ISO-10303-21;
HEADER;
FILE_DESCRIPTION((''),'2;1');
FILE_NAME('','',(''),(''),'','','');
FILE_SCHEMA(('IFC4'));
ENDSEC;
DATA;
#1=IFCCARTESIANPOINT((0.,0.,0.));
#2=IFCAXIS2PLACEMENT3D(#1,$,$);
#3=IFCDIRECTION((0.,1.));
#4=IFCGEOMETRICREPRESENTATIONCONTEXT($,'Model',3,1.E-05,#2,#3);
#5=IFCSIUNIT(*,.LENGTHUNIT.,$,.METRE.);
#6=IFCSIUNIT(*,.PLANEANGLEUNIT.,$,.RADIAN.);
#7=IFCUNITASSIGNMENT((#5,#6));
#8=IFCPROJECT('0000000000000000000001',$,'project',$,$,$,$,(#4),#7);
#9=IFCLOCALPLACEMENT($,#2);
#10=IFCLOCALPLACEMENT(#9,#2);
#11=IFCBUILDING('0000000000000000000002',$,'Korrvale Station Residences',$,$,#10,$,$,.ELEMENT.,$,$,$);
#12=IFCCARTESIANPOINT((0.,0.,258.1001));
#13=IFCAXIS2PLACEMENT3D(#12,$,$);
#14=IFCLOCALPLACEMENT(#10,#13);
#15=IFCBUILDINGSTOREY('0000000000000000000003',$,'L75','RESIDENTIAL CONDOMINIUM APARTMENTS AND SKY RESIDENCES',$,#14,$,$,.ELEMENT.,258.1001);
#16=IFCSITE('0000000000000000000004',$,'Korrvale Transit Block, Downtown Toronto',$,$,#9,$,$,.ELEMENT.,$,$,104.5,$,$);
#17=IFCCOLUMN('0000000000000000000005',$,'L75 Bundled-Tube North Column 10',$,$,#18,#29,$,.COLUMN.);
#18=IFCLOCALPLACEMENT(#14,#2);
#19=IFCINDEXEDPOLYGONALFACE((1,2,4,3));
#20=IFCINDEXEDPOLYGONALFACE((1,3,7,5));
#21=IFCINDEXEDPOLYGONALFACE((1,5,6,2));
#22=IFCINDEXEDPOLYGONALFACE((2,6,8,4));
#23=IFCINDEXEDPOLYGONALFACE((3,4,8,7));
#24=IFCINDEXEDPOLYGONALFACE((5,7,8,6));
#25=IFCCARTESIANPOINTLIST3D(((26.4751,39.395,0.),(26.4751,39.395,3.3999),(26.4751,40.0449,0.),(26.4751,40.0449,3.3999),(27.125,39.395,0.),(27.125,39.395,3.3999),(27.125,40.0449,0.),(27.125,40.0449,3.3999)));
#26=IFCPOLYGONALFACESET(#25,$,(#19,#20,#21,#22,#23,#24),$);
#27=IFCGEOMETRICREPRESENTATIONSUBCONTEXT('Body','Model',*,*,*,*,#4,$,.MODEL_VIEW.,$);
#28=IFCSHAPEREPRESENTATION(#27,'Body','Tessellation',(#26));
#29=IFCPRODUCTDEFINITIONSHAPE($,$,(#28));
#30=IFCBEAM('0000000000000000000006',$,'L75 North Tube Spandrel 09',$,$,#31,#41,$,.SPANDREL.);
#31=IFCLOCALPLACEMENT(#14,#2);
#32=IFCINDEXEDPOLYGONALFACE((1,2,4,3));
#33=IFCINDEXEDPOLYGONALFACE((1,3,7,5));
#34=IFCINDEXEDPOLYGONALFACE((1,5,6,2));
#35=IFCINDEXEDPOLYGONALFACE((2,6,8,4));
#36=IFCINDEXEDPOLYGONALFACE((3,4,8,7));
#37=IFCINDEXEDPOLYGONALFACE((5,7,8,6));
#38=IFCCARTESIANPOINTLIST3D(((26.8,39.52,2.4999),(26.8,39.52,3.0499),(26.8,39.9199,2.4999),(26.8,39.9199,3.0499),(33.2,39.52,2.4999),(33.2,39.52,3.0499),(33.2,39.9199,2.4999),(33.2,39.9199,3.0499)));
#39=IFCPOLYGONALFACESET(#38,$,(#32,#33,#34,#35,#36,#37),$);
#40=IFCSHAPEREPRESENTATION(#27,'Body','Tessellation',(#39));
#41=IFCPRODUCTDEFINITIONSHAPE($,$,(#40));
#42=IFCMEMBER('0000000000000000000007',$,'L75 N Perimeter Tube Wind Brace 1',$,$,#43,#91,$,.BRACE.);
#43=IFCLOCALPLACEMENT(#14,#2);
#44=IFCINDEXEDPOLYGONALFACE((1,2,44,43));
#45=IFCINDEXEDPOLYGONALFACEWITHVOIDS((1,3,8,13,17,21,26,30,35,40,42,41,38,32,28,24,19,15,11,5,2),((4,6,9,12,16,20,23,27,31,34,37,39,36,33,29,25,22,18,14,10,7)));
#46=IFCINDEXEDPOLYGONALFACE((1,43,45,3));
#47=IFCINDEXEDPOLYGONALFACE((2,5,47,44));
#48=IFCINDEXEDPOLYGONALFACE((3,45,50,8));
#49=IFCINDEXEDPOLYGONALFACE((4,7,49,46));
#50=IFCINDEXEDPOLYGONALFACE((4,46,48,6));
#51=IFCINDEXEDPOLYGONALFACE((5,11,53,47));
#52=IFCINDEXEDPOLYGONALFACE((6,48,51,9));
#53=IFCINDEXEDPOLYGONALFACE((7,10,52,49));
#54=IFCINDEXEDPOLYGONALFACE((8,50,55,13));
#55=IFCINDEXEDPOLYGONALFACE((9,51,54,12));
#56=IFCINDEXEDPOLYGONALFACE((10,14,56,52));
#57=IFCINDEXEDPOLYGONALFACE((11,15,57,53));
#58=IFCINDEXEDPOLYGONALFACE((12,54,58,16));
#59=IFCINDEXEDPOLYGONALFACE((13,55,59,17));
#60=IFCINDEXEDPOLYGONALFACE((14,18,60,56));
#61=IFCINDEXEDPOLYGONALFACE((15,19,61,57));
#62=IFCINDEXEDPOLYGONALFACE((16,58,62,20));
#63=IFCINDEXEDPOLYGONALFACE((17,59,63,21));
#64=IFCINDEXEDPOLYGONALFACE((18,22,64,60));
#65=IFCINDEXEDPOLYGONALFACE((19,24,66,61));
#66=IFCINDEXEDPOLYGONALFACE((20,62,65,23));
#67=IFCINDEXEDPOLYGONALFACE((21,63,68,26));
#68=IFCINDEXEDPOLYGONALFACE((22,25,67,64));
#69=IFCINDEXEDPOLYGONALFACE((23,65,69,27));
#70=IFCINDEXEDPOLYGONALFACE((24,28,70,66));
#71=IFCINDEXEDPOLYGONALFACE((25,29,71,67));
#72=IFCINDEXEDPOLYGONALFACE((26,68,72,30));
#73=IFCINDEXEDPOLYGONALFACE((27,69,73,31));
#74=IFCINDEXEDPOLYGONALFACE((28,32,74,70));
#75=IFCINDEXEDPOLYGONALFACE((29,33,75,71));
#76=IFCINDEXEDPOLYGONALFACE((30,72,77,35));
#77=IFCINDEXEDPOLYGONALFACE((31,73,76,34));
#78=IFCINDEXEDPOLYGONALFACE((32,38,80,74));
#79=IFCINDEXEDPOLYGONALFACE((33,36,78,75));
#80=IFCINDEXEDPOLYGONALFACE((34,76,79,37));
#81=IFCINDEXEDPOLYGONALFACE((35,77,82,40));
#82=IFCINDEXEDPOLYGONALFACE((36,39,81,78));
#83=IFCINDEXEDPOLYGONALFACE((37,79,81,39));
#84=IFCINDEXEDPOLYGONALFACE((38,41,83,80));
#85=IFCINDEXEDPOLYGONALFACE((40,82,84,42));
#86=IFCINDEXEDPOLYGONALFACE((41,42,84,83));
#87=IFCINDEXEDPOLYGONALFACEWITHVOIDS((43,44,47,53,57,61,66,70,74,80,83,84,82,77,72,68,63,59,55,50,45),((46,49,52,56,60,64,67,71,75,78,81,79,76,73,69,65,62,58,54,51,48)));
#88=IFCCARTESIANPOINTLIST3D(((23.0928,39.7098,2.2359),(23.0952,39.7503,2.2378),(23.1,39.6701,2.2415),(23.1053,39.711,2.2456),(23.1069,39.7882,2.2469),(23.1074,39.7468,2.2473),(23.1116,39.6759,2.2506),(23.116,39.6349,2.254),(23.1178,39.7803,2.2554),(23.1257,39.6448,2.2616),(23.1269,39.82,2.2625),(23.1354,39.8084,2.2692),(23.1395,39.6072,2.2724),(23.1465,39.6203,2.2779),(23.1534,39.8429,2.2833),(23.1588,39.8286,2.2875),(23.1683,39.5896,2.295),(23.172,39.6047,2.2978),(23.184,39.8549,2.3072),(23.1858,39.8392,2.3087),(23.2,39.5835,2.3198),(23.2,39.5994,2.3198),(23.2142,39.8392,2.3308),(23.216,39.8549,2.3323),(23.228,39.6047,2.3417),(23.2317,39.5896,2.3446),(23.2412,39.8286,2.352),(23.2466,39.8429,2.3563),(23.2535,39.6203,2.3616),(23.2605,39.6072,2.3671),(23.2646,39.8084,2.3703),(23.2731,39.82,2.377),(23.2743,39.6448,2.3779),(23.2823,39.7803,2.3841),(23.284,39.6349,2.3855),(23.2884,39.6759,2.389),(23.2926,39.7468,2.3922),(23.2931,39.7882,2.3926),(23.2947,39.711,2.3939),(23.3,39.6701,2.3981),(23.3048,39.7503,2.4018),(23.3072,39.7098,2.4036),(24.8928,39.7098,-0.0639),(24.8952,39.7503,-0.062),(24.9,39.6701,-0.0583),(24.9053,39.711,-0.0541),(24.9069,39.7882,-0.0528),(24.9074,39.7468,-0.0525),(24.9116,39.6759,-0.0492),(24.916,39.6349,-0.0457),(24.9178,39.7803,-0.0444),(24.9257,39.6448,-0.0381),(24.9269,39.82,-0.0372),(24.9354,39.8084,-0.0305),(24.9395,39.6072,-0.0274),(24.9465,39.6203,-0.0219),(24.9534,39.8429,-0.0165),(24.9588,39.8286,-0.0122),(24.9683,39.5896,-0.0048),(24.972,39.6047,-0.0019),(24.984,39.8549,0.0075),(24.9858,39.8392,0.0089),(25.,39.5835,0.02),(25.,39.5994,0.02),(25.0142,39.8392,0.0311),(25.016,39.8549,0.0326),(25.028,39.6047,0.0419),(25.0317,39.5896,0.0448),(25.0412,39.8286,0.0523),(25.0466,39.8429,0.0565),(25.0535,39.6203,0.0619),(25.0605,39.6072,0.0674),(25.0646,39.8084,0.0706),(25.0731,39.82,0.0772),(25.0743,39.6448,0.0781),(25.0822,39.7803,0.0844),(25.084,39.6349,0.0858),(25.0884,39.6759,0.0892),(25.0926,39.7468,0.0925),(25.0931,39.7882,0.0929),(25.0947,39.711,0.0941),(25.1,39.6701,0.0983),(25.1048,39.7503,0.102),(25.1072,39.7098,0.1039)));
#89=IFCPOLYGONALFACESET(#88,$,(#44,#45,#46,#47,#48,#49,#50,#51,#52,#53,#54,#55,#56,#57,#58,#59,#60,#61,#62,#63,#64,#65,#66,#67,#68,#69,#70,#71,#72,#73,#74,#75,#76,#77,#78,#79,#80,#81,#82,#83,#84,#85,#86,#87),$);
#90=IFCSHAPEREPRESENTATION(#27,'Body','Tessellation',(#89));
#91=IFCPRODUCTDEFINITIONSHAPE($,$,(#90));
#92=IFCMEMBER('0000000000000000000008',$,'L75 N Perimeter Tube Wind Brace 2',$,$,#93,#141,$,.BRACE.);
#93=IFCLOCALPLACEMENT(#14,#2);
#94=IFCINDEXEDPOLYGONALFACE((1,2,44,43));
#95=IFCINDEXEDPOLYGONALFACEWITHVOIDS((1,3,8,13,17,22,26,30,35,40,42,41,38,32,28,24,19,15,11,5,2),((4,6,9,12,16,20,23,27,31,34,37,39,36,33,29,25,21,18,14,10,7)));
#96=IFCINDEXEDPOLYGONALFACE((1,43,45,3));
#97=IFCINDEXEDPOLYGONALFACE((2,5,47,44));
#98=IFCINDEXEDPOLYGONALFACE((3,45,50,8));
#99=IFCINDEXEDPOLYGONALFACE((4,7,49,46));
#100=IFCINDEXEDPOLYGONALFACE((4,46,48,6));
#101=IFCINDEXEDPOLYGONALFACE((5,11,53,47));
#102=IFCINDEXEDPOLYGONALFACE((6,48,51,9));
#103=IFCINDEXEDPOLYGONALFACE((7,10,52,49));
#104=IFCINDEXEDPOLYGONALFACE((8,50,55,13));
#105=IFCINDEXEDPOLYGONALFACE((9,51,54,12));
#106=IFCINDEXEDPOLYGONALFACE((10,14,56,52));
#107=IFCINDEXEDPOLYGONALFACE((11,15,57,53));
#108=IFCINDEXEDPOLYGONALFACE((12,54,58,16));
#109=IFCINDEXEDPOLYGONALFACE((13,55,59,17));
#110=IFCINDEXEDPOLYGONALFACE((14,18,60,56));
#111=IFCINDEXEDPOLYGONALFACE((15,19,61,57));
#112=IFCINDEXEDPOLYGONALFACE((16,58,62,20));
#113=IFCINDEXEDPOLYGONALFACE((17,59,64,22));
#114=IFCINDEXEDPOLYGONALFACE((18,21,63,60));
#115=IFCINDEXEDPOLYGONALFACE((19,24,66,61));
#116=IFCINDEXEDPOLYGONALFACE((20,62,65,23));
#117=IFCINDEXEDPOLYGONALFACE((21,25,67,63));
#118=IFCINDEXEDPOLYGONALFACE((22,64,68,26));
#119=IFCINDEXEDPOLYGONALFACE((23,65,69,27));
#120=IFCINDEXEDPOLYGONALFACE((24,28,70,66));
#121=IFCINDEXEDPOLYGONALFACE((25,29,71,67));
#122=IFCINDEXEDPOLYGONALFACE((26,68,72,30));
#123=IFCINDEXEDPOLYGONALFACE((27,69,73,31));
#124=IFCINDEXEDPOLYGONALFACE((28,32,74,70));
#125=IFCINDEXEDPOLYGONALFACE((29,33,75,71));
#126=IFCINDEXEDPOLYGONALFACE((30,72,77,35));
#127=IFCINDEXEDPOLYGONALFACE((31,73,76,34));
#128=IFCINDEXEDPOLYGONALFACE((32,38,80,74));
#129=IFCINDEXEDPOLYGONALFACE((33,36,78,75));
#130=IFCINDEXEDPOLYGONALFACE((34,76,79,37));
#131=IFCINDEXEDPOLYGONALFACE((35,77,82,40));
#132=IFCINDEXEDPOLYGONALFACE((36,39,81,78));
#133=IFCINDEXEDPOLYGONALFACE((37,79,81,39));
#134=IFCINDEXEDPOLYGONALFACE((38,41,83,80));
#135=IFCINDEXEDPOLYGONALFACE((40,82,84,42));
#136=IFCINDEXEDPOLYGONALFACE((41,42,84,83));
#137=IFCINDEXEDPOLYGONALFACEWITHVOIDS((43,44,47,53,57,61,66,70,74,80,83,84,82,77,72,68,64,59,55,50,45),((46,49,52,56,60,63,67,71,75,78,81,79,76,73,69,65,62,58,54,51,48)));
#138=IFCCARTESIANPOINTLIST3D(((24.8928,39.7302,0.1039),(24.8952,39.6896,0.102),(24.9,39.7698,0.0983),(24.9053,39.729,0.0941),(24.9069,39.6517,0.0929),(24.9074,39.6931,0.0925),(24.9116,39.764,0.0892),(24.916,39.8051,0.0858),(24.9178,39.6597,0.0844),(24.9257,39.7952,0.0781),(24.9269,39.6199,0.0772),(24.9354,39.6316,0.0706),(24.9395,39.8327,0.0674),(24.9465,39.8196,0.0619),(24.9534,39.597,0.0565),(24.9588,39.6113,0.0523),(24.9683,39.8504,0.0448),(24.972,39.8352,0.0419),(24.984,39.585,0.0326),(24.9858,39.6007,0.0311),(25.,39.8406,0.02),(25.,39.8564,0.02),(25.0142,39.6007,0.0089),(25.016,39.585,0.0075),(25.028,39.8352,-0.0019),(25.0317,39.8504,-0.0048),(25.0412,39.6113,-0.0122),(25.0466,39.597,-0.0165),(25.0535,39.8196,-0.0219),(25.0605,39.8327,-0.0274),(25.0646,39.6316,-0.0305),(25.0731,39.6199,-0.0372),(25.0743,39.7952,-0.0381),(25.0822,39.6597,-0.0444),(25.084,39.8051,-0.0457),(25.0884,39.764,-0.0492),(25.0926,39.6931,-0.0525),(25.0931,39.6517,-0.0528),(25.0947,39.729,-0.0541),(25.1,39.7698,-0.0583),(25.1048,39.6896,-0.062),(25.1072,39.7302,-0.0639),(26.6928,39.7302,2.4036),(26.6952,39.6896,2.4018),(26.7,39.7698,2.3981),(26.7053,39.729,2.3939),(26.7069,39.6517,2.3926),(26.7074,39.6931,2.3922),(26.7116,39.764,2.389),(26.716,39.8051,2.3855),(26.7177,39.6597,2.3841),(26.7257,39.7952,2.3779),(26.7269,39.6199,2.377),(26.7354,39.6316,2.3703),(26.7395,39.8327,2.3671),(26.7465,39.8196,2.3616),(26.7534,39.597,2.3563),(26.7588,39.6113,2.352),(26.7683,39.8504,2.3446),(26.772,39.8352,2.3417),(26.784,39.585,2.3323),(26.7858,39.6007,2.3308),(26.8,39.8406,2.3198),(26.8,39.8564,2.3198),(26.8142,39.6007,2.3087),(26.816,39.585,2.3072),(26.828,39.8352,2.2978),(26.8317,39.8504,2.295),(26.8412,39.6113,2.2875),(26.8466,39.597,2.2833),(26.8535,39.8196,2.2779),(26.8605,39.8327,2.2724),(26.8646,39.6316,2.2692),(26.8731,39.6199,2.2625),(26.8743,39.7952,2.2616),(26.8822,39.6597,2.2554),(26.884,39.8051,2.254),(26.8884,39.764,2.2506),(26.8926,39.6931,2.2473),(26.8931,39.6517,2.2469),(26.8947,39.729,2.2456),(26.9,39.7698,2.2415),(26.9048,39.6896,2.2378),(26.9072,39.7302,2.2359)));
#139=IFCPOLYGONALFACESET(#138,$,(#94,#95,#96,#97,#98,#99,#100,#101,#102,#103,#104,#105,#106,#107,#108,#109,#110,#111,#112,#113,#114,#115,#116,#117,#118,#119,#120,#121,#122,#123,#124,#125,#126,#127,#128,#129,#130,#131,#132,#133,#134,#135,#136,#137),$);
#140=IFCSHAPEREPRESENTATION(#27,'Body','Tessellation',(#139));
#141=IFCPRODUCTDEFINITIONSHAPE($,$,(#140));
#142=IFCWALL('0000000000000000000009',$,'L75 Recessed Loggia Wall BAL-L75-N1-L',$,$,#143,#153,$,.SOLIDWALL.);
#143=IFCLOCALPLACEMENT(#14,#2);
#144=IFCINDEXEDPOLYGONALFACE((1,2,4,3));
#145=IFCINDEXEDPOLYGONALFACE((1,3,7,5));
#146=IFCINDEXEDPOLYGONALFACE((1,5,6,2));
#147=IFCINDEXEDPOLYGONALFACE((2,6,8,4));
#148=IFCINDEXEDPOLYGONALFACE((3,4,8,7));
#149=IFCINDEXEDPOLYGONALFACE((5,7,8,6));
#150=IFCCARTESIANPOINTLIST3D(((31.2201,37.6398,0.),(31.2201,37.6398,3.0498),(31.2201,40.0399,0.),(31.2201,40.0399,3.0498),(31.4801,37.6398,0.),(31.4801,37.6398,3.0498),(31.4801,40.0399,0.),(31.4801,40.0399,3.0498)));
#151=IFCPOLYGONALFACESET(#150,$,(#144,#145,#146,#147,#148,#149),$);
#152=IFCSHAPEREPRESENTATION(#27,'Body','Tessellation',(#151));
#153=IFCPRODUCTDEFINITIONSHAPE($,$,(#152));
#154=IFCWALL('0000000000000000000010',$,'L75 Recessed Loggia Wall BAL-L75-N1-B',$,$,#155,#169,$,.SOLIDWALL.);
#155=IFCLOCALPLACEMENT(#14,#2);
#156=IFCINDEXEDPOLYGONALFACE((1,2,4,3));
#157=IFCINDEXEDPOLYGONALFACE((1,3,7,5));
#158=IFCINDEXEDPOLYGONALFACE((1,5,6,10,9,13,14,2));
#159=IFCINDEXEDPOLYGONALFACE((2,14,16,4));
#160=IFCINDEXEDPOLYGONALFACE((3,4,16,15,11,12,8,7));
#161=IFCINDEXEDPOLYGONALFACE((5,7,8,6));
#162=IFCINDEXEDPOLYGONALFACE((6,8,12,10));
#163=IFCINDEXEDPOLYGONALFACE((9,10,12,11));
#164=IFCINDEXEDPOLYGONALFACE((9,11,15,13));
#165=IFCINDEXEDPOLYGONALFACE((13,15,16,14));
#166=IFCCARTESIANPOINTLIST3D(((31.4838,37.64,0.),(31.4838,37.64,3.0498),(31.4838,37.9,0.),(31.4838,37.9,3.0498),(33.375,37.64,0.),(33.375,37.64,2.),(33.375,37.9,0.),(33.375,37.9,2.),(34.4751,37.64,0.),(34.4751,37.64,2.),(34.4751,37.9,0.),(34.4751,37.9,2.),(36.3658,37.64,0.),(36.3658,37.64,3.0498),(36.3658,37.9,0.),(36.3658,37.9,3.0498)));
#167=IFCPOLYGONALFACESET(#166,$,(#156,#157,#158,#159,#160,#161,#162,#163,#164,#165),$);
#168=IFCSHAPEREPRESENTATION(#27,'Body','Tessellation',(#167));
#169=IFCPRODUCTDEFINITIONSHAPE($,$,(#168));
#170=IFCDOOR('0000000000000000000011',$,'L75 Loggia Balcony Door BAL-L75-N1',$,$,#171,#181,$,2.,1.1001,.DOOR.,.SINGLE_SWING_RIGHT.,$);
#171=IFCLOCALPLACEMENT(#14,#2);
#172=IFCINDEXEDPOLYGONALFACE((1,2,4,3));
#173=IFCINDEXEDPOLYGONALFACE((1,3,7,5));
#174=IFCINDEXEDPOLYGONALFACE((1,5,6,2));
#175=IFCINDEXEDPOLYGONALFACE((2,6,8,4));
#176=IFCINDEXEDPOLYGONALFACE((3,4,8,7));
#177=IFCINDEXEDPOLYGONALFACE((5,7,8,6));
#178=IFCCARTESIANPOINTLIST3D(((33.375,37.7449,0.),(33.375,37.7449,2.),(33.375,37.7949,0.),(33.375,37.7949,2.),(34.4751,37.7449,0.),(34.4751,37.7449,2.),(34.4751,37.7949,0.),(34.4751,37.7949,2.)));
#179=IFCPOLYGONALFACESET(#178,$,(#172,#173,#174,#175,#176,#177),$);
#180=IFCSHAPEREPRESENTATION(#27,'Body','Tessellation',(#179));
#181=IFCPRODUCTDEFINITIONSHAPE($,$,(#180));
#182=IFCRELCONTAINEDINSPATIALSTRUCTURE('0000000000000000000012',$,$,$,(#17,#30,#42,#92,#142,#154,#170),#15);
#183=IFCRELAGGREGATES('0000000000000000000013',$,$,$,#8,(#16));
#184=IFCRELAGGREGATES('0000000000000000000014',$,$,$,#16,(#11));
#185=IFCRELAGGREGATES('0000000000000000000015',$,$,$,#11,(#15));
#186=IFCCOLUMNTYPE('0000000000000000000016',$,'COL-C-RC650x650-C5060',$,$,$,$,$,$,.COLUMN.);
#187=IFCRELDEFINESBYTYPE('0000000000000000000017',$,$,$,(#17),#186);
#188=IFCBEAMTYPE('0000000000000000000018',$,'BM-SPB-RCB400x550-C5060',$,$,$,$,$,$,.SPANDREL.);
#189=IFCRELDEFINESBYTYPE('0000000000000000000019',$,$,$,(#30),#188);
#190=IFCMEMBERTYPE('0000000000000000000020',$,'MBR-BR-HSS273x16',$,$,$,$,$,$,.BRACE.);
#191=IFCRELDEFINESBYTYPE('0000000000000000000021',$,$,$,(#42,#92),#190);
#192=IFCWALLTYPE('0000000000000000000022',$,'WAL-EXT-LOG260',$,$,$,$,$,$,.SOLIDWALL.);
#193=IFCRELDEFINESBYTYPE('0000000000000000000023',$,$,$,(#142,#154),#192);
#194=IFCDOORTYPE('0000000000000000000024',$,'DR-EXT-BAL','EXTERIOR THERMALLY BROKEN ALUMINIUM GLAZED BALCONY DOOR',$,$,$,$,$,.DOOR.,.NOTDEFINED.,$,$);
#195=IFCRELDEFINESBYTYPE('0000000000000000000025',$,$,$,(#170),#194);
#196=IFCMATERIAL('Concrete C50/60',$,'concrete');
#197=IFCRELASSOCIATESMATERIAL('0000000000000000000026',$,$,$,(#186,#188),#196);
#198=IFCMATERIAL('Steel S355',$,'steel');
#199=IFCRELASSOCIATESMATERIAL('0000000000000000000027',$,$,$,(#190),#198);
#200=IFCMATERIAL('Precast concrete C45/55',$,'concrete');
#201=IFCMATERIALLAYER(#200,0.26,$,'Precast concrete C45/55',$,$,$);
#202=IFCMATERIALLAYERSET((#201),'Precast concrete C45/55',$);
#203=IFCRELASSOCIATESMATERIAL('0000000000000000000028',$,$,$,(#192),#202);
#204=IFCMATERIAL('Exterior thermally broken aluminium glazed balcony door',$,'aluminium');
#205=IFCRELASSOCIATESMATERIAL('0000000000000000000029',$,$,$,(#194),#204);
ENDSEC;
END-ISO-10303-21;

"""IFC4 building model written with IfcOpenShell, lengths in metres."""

from ifc_helpers import new_model, si_unit, direction, frame, frame_2d, origin, origin_2d, place, context, subcontext, project, spatial, rectangle, hollow_circle, extrude, material, layer, layer_set, material_profile, profile_set, type_object, element, fill, save


model = new_model("IFC4")

# Units and contexts
model_context = context("Model", 3, precision=1e-05, world=origin(), true_north=direction((0.0, 1.0)))
body_context = subcontext(model_context, "Body", "Model", "MODEL_VIEW")
ifc_project = project(units=[si_unit("LENGTHUNIT", "METRE"), si_unit("PLANEANGLEUNIT", "RADIAN")], contexts=[model_context])

# Site, building, storey
site_placement = place(None, origin())
site = spatial("IfcSite", under=ifc_project, at=site_placement, Name="Korrvale Transit Block, Downtown Toronto", CompositionType="ELEMENT", RefElevation=104.5)
building_placement = place(site_placement, origin())
building = spatial("IfcBuilding", under=site, at=building_placement, Name="Korrvale Station Residences", CompositionType="ELEMENT")
storey_placement = place(building_placement, frame((0.0, 0.0, 258.1001)))
storey = spatial("IfcBuildingStorey", under=building, at=storey_placement, Name="L75", Description="RESIDENTIAL CONDOMINIUM APARTMENTS AND SKY RESIDENCES", CompositionType="ELEMENT", Elevation=258.1001)

# Column
ifc_material_1 = material(Name="Concrete C50/60", Category="concrete")
ifc_material_profile_1 = material_profile(ifc_material_1, rectangle(XDim=0.6499, YDim=0.6499, at=origin_2d()), Name="RC650x650")
ifc_profile_set_1 = profile_set([ifc_material_profile_1], Name="Concrete C50/60")
column_type = type_object("IfcColumnType", Name="COL-C-RC650x650-C5060", PredefinedType="COLUMN", material=ifc_profile_set_1)
column_placement = place(storey_placement, frame((26.8, 39.72, 0.0), z_axis=(0.0, 0.0, 1.0), x_axis=(1.0, 0.0, 0.0)))
element("IfcColumn", 1, at=column_placement, inside=storey, type_object=column_type, Name="L75 Bundled-Tube North Column 10", PredefinedType="COLUMN", context=body_context, shape_type="SweptSolid", body=[
    extrude(rectangle(XDim=0.6499, YDim=0.6499, at=origin_2d()), origin(), (0.0, 0.0, 1.0), 3.3999),
])

# Beam
ifc_material_profile_2 = material_profile(ifc_material_1, rectangle(XDim=0.3999, YDim=0.55, at=origin_2d()), Name="RCB400x550")
ifc_profile_set_2 = profile_set([ifc_material_profile_2], Name="Concrete C50/60")
beam_type = type_object("IfcBeamType", Name="BM-SPB-RCB400x550-C5060", PredefinedType="SPANDREL", material=ifc_profile_set_2)
beam_placement = place(storey_placement, frame((26.8, 39.72, 2.7749), z_axis=(1.0, 0.0, 0.0), x_axis=(0.0, 1.0, 0.0)))
element("IfcBeam", 2, at=beam_placement, inside=storey, type_object=beam_type, Name="L75 North Tube Spandrel 09", PredefinedType="SPANDREL", context=body_context, shape_type="SweptSolid", body=[
    extrude(rectangle(XDim=0.3999, YDim=0.55, at=origin_2d()), origin(), (0.0, 0.0, 1.0), 6.3999),
])

# Members
ifc_material_2 = material(Name="Steel S355", Category="steel")
ifc_material_profile_3 = material_profile(ifc_material_2, hollow_circle(Radius=0.1365, WallThickness=0.0159, at=origin_2d()), Name="HSS273x16")
ifc_profile_set_3 = profile_set([ifc_material_profile_3], Name="Steel S355")
member_type = type_object("IfcMemberType", Name="MBR-BR-HSS273x16", PredefinedType="BRACE", material=ifc_profile_set_3)
for number, where, z_axis, x_axis, name in (
    (3, (25.0, 39.72, 0.02), (-0.616351, 0.0, 0.787471), (0.0, -1.0, 0.0), "L75 N Perimeter Tube Wind Brace 1"),
    (4, (25.0, 39.72, 0.02), (0.616351, 0.0, 0.787471), (0.0, 1.0, 0.0), "L75 N Perimeter Tube Wind Brace 2"),
):
    element("IfcMember", number, at=place(storey_placement, frame(where, z_axis=z_axis, x_axis=x_axis)), inside=storey, type_object=member_type, Name=name, PredefinedType="BRACE", context=body_context, shape_type="SweptSolid", body=[
        extrude(hollow_circle(Radius=0.1365, WallThickness=0.0159, at=origin_2d()), origin(), (0.0, 0.0, 1.0), 2.9204),
    ])

# Wall
ifc_material_3 = material(Name="Precast concrete C45/55", Category="concrete")
ifc_layer_1 = layer(ifc_material_3, 0.26, Name="Precast concrete C45/55")
ifc_layer_set_1 = layer_set([ifc_layer_1], Name="Precast concrete C45/55")
wall_type_1 = type_object("IfcWallType", Name="WAL-EXT-LOG260", PredefinedType="SOLIDWALL", material=ifc_layer_set_1)
wall_1_placement = place(storey_placement, frame((31.3501, 40.04, 0.0), z_axis=(0.0, 0.0, 1.0), x_axis=(0.0, -1.0, 0.0)))
element("IfcWall", 5, at=wall_1_placement, inside=storey, type_object=wall_type_1, Name="L75 Recessed Loggia Wall BAL-L75-N1-L", PredefinedType="SOLIDWALL", context=body_context, shape_type="SweptSolid", body=[
    extrude(rectangle(XDim=2.4001, YDim=0.26, at=frame_2d((1.2002, 0.0))), origin(), (0.0, 0.0, 1.0), 3.0498),
])

# Wall, opening, door
wall_2_placement = place(storey_placement, frame((31.4839, 37.77, 0.0), z_axis=(0.0, 0.0, 1.0), x_axis=(1.0, 0.0, 0.0)))
wall_2 = element("IfcWall", 6, at=wall_2_placement, inside=storey, type_object=wall_type_1, Name="L75 Recessed Loggia Wall BAL-L75-N1-B", PredefinedType="SOLIDWALL", context=body_context, shape_type="SweptSolid", body=[
    extrude(rectangle(XDim=4.8821, YDim=0.26, at=frame_2d((2.4409, 0.0))), origin(), (0.0, 0.0, 1.0), 3.0498),
])
opening_1_placement = place(wall_2_placement, frame((1.8911, 0.0, 0.0)))
opening_1 = element("IfcOpeningElement", 7, at=opening_1_placement, cuts=wall_2, PredefinedType="OPENING", context=body_context, shape_type="SweptSolid", body=[
    extrude(rectangle(XDim=1.1001, YDim=2.0, at=frame_2d((0.55, 1.0))), frame((0.0, 0.1401, 0.0), z_axis=(0.0, -1.0, 0.0), x_axis=(1.0, 0.0, 0.0)), (0.0, 0.0, 1.0), 0.28),
])
ifc_material_4 = material(Name="Exterior thermally broken aluminium glazed balcony door", Category="aluminium")
door_type_1 = type_object("IfcDoorType", Name="DR-EXT-BAL", Description="EXTERIOR THERMALLY BROKEN ALUMINIUM GLAZED BALCONY DOOR", OperationType="NOTDEFINED", PredefinedType="DOOR", material=ifc_material_4)
door_1_placement = place(opening_1_placement, origin())
door_1 = element("IfcDoor", 8, at=door_1_placement, inside=storey, type_object=door_type_1, Name="L75 Loggia Balcony Door BAL-L75-N1", OperationType="SINGLE_SWING_RIGHT", OverallHeight=2.0, OverallWidth=1.1001, PredefinedType="DOOR", context=body_context, shape_type="SweptSolid", body=[
    extrude(rectangle(XDim=1.1001, YDim=2.0, at=frame_2d((0.55, 1.0))), frame((0.0, 0.0249, 0.0), z_axis=(0.0, -1.0, 0.0), x_axis=(1.0, 0.0, 0.0)), (0.0, 0.0, 1.0), 0.05),
])
fill(opening_1, door_1)

save(model, "model.ifc")
